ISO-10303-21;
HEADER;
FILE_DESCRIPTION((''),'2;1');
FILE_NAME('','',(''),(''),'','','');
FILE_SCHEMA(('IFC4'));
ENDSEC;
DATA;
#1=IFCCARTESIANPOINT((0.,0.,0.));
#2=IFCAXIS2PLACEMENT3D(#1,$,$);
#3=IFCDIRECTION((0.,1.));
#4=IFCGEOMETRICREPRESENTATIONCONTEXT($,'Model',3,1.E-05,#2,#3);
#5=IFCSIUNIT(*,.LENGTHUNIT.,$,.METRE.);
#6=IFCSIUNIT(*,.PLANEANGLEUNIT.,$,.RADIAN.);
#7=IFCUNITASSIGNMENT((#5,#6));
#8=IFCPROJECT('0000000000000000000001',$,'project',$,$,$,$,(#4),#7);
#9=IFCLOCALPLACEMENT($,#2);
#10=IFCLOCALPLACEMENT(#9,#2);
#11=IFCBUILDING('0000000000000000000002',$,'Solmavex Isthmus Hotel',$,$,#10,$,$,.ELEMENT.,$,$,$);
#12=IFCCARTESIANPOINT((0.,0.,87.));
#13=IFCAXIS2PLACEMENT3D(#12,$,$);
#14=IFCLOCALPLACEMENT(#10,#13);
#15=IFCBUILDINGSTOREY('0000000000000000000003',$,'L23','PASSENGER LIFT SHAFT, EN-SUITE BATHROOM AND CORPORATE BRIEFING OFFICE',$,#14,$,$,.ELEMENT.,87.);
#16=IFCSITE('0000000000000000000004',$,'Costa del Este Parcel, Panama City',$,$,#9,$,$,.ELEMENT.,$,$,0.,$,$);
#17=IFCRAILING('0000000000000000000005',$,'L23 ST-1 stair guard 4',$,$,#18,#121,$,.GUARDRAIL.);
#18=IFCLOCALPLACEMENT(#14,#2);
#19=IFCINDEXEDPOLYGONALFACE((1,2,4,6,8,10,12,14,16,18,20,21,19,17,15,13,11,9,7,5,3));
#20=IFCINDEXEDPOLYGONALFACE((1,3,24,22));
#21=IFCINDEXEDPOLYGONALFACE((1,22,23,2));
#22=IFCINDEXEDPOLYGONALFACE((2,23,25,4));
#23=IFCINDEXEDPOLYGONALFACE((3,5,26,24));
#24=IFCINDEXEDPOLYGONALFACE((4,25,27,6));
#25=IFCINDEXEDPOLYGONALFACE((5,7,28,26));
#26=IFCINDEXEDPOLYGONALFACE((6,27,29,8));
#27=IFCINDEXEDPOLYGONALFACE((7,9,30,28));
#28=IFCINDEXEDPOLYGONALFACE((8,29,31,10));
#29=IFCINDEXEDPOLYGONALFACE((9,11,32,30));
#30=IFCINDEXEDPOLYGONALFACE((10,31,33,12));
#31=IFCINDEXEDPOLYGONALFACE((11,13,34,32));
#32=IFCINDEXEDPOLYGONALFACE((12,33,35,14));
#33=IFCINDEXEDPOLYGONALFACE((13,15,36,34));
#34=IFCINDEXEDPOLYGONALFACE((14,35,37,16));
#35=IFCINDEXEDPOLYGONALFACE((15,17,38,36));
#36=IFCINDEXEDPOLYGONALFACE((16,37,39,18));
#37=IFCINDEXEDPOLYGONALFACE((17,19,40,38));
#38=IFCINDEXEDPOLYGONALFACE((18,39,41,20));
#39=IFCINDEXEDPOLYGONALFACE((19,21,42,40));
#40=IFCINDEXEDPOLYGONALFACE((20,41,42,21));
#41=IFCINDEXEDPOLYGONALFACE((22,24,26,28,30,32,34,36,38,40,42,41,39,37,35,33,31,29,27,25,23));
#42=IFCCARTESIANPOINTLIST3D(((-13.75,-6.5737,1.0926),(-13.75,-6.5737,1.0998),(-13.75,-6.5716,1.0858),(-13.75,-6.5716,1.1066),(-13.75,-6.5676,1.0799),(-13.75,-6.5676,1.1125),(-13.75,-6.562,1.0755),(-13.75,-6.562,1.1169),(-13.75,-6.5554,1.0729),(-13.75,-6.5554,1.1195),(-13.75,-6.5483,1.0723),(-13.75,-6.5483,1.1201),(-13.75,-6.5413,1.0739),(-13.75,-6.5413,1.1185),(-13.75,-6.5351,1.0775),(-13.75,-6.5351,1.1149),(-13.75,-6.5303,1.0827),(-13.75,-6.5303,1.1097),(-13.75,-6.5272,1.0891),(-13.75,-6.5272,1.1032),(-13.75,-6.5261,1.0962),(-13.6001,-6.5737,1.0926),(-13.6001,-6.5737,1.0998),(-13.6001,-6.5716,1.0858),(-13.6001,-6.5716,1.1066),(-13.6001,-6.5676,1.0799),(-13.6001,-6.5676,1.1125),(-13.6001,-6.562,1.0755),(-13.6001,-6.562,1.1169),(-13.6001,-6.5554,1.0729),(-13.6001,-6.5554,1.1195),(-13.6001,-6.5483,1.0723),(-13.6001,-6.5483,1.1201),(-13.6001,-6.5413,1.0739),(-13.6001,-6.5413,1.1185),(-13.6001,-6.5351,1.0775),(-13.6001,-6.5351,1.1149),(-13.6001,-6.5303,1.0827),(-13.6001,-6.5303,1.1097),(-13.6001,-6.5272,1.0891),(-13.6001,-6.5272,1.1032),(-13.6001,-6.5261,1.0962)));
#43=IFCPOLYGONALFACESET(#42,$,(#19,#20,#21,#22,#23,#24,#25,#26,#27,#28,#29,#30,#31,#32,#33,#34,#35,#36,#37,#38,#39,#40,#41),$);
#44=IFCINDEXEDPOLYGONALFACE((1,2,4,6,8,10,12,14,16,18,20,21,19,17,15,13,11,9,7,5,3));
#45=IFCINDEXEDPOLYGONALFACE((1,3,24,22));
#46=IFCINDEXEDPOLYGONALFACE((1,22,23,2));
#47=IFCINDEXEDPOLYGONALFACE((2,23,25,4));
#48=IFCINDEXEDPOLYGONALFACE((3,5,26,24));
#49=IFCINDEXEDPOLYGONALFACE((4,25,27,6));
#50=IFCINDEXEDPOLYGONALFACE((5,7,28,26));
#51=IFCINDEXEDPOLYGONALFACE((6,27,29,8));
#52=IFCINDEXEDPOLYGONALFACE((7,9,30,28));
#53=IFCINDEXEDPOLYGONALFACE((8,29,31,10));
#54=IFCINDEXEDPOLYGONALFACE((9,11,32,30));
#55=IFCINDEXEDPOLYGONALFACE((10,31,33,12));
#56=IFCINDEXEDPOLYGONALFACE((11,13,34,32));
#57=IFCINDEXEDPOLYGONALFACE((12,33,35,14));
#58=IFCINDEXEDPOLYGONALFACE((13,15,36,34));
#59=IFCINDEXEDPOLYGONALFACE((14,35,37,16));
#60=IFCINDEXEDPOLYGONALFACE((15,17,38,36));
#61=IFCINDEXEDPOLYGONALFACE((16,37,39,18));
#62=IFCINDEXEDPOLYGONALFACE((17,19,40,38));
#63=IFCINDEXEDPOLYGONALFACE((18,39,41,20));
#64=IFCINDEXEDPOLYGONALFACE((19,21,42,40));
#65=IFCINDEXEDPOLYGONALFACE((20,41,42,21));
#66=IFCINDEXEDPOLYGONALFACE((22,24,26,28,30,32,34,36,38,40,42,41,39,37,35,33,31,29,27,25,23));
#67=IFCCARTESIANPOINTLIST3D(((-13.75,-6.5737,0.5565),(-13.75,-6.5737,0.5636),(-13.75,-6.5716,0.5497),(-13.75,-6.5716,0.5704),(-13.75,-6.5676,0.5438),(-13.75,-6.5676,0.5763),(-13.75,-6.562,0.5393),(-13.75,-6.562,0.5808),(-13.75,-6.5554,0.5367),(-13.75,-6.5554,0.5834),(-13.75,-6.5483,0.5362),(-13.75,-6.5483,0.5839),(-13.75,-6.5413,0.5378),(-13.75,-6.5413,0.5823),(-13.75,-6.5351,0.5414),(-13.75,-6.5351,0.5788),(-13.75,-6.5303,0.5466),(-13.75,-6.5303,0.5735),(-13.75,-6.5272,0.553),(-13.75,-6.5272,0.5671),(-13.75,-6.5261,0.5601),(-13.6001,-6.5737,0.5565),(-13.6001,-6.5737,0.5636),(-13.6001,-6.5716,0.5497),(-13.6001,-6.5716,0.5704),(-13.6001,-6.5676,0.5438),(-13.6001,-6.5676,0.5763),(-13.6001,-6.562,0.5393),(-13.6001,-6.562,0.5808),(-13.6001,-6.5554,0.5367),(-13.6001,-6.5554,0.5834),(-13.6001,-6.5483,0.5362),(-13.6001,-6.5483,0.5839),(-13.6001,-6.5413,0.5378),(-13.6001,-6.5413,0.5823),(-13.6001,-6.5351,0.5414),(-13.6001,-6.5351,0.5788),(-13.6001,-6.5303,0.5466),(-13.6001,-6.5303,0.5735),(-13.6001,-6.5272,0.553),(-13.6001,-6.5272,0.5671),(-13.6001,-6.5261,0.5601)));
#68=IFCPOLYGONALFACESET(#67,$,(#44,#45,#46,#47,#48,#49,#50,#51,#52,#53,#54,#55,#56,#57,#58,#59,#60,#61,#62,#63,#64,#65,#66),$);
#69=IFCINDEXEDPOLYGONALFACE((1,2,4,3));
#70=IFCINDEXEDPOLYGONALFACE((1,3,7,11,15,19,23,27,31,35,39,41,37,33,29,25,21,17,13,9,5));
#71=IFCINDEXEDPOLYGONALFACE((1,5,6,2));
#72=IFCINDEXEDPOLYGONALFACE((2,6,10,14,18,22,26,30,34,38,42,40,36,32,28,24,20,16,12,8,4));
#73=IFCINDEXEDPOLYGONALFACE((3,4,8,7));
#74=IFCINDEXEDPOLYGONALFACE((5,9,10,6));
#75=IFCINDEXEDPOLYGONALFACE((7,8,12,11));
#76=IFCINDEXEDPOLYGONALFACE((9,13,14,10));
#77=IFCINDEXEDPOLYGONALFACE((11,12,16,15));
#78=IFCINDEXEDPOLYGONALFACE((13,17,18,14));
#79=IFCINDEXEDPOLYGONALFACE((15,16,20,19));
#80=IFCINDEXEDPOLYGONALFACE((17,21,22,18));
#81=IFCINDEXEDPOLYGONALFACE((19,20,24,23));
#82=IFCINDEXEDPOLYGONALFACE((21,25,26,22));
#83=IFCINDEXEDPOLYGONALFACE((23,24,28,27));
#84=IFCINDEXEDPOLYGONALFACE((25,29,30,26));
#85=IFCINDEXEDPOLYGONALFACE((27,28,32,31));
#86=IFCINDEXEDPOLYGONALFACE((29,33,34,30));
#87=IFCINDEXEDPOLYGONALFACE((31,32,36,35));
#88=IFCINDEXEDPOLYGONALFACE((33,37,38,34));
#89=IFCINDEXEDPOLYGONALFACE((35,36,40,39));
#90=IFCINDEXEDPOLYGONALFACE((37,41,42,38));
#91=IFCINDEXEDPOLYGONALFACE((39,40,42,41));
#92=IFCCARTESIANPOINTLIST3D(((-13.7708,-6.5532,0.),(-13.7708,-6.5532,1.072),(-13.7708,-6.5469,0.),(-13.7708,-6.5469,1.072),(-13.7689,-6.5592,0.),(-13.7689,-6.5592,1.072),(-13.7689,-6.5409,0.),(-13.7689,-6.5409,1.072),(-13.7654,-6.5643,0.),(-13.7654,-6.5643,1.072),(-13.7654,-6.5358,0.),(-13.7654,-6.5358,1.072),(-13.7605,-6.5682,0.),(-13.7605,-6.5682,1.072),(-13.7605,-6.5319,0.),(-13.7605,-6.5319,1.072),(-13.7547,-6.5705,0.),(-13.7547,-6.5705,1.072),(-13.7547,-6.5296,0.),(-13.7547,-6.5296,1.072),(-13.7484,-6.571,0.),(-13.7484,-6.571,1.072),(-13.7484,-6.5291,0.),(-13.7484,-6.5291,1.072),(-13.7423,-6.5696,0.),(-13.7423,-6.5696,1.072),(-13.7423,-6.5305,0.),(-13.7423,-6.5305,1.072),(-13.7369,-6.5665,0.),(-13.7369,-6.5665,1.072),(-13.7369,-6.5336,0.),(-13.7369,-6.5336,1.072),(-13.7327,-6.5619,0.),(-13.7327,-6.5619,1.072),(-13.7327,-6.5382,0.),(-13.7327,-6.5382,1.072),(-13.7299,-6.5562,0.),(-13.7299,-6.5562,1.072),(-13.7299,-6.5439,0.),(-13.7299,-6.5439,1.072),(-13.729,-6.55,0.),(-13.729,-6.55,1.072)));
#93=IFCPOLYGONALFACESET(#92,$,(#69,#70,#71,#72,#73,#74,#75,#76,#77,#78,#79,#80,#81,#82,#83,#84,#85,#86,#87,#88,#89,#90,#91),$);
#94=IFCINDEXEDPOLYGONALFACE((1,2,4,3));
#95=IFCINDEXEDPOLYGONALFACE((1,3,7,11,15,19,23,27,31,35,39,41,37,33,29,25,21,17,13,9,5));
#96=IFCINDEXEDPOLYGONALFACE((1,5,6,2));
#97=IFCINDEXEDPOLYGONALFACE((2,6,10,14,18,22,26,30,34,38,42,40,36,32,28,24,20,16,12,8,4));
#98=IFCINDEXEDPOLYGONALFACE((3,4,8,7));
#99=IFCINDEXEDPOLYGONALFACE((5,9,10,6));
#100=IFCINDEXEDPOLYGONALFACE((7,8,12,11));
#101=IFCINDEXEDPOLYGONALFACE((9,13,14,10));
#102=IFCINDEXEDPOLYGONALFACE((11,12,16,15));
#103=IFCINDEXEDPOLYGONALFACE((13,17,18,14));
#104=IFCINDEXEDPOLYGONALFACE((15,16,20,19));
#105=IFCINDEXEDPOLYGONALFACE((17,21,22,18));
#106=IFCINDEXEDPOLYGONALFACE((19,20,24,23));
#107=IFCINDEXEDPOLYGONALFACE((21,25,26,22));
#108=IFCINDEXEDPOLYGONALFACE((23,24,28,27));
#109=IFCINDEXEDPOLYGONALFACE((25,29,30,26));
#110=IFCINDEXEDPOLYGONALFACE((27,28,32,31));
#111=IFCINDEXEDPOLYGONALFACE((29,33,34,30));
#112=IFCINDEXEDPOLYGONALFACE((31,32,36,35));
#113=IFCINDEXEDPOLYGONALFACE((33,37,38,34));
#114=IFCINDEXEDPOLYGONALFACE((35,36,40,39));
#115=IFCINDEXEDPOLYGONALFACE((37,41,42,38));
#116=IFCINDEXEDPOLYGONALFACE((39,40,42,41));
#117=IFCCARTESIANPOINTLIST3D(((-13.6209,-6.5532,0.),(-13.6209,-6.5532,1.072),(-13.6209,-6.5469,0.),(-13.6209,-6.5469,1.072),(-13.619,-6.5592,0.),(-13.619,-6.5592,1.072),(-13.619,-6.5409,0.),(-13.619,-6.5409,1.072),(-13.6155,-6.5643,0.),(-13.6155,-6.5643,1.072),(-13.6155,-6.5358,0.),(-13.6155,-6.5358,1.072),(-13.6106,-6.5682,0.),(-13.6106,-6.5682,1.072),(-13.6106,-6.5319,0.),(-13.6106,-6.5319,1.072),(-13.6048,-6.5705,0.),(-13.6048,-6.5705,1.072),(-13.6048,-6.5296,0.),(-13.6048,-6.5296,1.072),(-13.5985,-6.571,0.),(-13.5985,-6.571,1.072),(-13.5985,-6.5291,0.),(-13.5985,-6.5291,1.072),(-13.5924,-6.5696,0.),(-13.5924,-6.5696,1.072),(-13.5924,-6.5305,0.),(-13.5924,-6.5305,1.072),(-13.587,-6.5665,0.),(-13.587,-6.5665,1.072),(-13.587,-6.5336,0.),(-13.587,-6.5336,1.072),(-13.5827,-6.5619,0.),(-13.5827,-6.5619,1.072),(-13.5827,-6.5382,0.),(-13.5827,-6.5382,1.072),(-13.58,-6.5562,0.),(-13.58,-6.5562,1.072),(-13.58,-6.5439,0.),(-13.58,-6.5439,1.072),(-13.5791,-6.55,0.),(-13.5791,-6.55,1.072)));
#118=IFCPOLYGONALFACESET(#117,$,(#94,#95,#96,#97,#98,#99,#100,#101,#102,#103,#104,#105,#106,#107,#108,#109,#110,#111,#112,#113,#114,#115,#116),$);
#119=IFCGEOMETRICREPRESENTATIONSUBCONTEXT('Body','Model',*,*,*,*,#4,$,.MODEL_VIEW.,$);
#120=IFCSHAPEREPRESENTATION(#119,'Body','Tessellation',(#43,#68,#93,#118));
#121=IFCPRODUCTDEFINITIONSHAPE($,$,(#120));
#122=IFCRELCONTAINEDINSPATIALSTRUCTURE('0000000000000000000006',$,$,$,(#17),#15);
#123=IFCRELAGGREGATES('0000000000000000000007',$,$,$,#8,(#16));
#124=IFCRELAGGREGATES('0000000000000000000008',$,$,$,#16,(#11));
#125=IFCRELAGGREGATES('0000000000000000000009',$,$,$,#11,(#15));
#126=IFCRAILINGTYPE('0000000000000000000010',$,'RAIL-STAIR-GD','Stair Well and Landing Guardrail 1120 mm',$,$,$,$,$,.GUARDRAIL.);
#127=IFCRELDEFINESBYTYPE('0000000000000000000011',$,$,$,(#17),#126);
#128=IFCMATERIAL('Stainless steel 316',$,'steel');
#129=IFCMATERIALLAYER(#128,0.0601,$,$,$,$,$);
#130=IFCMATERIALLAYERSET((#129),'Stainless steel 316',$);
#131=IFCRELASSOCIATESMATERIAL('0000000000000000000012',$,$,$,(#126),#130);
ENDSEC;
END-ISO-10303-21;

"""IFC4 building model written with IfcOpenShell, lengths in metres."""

from ifc_helpers import new_model, si_unit, direction, frame, origin, origin_2d, place, context, subcontext, project, spatial, circle, extrude, material, layer, layer_set, type_object, element, save


model = new_model("IFC4")

# Units and contexts
model_context = context("Model", 3, precision=1e-05, world=origin(), true_north=direction((0.0, 1.0)))
body_context = subcontext(model_context, "Body", "Model", "MODEL_VIEW")
ifc_project = project(units=[si_unit("LENGTHUNIT", "METRE"), si_unit("PLANEANGLEUNIT", "RADIAN")], contexts=[model_context])

# Site, building, storey
site_placement = place(None, origin())
site = spatial("IfcSite", under=ifc_project, at=site_placement, Name="Costa del Este Parcel, Panama City", CompositionType="ELEMENT", RefElevation=0.0)
building_placement = place(site_placement, origin())
building = spatial("IfcBuilding", under=site, at=building_placement, Name="Solmavex Isthmus Hotel", CompositionType="ELEMENT")
storey_placement = place(building_placement, frame((0.0, 0.0, 87.0)))
storey = spatial("IfcBuildingStorey", under=building, at=storey_placement, Name="L23", Description="PASSENGER LIFT SHAFT, EN-SUITE BATHROOM AND CORPORATE BRIEFING OFFICE", CompositionType="ELEMENT", Elevation=87.0)

# Railing
ifc_material_1 = material(Name="Stainless steel 316", Category="steel")
ifc_layer_1 = layer(ifc_material_1, 0.0601)
ifc_layer_set_1 = layer_set([ifc_layer_1], Name="Stainless steel 316")
railing_type_1 = type_object("IfcRailingType", Name="RAIL-STAIR-GD", Description="Stair Well and Landing Guardrail 1120 mm", PredefinedType="GUARDRAIL", material=ifc_layer_set_1)
railing_1_placement = place(storey_placement, frame((-13.75, -6.55, 0.0)))
element("IfcRailing", 1, at=railing_1_placement, inside=storey, type_object=railing_type_1, Name="L23 ST-1 stair guard 4", PredefinedType="GUARDRAIL", context=body_context, shape_type="SweptSolid", body=[
    extrude(circle(Radius=0.0239, at=origin_2d()), frame((0.0, 0.0, 1.0962), z_axis=(1.0, 0.0, 0.0), x_axis=(0.0, 1.0, 0.0)), (0.0, 0.0, 1.0), 0.1499),
    extrude(circle(Radius=0.0239, at=origin_2d()), frame((0.0, 0.0, 0.5601), z_axis=(1.0, 0.0, 0.0), x_axis=(0.0, 1.0, 0.0)), (0.0, 0.0, 1.0), 0.1499),
    extrude(circle(Radius=0.021, at=origin_2d()), origin(), (0.0, 0.0, 1.0), 1.072),
    extrude(circle(Radius=0.021, at=origin_2d()), frame((0.1499, 0.0, 0.0)), (0.0, 0.0, 1.0), 1.072),
])

save(model, "model.ifc")
